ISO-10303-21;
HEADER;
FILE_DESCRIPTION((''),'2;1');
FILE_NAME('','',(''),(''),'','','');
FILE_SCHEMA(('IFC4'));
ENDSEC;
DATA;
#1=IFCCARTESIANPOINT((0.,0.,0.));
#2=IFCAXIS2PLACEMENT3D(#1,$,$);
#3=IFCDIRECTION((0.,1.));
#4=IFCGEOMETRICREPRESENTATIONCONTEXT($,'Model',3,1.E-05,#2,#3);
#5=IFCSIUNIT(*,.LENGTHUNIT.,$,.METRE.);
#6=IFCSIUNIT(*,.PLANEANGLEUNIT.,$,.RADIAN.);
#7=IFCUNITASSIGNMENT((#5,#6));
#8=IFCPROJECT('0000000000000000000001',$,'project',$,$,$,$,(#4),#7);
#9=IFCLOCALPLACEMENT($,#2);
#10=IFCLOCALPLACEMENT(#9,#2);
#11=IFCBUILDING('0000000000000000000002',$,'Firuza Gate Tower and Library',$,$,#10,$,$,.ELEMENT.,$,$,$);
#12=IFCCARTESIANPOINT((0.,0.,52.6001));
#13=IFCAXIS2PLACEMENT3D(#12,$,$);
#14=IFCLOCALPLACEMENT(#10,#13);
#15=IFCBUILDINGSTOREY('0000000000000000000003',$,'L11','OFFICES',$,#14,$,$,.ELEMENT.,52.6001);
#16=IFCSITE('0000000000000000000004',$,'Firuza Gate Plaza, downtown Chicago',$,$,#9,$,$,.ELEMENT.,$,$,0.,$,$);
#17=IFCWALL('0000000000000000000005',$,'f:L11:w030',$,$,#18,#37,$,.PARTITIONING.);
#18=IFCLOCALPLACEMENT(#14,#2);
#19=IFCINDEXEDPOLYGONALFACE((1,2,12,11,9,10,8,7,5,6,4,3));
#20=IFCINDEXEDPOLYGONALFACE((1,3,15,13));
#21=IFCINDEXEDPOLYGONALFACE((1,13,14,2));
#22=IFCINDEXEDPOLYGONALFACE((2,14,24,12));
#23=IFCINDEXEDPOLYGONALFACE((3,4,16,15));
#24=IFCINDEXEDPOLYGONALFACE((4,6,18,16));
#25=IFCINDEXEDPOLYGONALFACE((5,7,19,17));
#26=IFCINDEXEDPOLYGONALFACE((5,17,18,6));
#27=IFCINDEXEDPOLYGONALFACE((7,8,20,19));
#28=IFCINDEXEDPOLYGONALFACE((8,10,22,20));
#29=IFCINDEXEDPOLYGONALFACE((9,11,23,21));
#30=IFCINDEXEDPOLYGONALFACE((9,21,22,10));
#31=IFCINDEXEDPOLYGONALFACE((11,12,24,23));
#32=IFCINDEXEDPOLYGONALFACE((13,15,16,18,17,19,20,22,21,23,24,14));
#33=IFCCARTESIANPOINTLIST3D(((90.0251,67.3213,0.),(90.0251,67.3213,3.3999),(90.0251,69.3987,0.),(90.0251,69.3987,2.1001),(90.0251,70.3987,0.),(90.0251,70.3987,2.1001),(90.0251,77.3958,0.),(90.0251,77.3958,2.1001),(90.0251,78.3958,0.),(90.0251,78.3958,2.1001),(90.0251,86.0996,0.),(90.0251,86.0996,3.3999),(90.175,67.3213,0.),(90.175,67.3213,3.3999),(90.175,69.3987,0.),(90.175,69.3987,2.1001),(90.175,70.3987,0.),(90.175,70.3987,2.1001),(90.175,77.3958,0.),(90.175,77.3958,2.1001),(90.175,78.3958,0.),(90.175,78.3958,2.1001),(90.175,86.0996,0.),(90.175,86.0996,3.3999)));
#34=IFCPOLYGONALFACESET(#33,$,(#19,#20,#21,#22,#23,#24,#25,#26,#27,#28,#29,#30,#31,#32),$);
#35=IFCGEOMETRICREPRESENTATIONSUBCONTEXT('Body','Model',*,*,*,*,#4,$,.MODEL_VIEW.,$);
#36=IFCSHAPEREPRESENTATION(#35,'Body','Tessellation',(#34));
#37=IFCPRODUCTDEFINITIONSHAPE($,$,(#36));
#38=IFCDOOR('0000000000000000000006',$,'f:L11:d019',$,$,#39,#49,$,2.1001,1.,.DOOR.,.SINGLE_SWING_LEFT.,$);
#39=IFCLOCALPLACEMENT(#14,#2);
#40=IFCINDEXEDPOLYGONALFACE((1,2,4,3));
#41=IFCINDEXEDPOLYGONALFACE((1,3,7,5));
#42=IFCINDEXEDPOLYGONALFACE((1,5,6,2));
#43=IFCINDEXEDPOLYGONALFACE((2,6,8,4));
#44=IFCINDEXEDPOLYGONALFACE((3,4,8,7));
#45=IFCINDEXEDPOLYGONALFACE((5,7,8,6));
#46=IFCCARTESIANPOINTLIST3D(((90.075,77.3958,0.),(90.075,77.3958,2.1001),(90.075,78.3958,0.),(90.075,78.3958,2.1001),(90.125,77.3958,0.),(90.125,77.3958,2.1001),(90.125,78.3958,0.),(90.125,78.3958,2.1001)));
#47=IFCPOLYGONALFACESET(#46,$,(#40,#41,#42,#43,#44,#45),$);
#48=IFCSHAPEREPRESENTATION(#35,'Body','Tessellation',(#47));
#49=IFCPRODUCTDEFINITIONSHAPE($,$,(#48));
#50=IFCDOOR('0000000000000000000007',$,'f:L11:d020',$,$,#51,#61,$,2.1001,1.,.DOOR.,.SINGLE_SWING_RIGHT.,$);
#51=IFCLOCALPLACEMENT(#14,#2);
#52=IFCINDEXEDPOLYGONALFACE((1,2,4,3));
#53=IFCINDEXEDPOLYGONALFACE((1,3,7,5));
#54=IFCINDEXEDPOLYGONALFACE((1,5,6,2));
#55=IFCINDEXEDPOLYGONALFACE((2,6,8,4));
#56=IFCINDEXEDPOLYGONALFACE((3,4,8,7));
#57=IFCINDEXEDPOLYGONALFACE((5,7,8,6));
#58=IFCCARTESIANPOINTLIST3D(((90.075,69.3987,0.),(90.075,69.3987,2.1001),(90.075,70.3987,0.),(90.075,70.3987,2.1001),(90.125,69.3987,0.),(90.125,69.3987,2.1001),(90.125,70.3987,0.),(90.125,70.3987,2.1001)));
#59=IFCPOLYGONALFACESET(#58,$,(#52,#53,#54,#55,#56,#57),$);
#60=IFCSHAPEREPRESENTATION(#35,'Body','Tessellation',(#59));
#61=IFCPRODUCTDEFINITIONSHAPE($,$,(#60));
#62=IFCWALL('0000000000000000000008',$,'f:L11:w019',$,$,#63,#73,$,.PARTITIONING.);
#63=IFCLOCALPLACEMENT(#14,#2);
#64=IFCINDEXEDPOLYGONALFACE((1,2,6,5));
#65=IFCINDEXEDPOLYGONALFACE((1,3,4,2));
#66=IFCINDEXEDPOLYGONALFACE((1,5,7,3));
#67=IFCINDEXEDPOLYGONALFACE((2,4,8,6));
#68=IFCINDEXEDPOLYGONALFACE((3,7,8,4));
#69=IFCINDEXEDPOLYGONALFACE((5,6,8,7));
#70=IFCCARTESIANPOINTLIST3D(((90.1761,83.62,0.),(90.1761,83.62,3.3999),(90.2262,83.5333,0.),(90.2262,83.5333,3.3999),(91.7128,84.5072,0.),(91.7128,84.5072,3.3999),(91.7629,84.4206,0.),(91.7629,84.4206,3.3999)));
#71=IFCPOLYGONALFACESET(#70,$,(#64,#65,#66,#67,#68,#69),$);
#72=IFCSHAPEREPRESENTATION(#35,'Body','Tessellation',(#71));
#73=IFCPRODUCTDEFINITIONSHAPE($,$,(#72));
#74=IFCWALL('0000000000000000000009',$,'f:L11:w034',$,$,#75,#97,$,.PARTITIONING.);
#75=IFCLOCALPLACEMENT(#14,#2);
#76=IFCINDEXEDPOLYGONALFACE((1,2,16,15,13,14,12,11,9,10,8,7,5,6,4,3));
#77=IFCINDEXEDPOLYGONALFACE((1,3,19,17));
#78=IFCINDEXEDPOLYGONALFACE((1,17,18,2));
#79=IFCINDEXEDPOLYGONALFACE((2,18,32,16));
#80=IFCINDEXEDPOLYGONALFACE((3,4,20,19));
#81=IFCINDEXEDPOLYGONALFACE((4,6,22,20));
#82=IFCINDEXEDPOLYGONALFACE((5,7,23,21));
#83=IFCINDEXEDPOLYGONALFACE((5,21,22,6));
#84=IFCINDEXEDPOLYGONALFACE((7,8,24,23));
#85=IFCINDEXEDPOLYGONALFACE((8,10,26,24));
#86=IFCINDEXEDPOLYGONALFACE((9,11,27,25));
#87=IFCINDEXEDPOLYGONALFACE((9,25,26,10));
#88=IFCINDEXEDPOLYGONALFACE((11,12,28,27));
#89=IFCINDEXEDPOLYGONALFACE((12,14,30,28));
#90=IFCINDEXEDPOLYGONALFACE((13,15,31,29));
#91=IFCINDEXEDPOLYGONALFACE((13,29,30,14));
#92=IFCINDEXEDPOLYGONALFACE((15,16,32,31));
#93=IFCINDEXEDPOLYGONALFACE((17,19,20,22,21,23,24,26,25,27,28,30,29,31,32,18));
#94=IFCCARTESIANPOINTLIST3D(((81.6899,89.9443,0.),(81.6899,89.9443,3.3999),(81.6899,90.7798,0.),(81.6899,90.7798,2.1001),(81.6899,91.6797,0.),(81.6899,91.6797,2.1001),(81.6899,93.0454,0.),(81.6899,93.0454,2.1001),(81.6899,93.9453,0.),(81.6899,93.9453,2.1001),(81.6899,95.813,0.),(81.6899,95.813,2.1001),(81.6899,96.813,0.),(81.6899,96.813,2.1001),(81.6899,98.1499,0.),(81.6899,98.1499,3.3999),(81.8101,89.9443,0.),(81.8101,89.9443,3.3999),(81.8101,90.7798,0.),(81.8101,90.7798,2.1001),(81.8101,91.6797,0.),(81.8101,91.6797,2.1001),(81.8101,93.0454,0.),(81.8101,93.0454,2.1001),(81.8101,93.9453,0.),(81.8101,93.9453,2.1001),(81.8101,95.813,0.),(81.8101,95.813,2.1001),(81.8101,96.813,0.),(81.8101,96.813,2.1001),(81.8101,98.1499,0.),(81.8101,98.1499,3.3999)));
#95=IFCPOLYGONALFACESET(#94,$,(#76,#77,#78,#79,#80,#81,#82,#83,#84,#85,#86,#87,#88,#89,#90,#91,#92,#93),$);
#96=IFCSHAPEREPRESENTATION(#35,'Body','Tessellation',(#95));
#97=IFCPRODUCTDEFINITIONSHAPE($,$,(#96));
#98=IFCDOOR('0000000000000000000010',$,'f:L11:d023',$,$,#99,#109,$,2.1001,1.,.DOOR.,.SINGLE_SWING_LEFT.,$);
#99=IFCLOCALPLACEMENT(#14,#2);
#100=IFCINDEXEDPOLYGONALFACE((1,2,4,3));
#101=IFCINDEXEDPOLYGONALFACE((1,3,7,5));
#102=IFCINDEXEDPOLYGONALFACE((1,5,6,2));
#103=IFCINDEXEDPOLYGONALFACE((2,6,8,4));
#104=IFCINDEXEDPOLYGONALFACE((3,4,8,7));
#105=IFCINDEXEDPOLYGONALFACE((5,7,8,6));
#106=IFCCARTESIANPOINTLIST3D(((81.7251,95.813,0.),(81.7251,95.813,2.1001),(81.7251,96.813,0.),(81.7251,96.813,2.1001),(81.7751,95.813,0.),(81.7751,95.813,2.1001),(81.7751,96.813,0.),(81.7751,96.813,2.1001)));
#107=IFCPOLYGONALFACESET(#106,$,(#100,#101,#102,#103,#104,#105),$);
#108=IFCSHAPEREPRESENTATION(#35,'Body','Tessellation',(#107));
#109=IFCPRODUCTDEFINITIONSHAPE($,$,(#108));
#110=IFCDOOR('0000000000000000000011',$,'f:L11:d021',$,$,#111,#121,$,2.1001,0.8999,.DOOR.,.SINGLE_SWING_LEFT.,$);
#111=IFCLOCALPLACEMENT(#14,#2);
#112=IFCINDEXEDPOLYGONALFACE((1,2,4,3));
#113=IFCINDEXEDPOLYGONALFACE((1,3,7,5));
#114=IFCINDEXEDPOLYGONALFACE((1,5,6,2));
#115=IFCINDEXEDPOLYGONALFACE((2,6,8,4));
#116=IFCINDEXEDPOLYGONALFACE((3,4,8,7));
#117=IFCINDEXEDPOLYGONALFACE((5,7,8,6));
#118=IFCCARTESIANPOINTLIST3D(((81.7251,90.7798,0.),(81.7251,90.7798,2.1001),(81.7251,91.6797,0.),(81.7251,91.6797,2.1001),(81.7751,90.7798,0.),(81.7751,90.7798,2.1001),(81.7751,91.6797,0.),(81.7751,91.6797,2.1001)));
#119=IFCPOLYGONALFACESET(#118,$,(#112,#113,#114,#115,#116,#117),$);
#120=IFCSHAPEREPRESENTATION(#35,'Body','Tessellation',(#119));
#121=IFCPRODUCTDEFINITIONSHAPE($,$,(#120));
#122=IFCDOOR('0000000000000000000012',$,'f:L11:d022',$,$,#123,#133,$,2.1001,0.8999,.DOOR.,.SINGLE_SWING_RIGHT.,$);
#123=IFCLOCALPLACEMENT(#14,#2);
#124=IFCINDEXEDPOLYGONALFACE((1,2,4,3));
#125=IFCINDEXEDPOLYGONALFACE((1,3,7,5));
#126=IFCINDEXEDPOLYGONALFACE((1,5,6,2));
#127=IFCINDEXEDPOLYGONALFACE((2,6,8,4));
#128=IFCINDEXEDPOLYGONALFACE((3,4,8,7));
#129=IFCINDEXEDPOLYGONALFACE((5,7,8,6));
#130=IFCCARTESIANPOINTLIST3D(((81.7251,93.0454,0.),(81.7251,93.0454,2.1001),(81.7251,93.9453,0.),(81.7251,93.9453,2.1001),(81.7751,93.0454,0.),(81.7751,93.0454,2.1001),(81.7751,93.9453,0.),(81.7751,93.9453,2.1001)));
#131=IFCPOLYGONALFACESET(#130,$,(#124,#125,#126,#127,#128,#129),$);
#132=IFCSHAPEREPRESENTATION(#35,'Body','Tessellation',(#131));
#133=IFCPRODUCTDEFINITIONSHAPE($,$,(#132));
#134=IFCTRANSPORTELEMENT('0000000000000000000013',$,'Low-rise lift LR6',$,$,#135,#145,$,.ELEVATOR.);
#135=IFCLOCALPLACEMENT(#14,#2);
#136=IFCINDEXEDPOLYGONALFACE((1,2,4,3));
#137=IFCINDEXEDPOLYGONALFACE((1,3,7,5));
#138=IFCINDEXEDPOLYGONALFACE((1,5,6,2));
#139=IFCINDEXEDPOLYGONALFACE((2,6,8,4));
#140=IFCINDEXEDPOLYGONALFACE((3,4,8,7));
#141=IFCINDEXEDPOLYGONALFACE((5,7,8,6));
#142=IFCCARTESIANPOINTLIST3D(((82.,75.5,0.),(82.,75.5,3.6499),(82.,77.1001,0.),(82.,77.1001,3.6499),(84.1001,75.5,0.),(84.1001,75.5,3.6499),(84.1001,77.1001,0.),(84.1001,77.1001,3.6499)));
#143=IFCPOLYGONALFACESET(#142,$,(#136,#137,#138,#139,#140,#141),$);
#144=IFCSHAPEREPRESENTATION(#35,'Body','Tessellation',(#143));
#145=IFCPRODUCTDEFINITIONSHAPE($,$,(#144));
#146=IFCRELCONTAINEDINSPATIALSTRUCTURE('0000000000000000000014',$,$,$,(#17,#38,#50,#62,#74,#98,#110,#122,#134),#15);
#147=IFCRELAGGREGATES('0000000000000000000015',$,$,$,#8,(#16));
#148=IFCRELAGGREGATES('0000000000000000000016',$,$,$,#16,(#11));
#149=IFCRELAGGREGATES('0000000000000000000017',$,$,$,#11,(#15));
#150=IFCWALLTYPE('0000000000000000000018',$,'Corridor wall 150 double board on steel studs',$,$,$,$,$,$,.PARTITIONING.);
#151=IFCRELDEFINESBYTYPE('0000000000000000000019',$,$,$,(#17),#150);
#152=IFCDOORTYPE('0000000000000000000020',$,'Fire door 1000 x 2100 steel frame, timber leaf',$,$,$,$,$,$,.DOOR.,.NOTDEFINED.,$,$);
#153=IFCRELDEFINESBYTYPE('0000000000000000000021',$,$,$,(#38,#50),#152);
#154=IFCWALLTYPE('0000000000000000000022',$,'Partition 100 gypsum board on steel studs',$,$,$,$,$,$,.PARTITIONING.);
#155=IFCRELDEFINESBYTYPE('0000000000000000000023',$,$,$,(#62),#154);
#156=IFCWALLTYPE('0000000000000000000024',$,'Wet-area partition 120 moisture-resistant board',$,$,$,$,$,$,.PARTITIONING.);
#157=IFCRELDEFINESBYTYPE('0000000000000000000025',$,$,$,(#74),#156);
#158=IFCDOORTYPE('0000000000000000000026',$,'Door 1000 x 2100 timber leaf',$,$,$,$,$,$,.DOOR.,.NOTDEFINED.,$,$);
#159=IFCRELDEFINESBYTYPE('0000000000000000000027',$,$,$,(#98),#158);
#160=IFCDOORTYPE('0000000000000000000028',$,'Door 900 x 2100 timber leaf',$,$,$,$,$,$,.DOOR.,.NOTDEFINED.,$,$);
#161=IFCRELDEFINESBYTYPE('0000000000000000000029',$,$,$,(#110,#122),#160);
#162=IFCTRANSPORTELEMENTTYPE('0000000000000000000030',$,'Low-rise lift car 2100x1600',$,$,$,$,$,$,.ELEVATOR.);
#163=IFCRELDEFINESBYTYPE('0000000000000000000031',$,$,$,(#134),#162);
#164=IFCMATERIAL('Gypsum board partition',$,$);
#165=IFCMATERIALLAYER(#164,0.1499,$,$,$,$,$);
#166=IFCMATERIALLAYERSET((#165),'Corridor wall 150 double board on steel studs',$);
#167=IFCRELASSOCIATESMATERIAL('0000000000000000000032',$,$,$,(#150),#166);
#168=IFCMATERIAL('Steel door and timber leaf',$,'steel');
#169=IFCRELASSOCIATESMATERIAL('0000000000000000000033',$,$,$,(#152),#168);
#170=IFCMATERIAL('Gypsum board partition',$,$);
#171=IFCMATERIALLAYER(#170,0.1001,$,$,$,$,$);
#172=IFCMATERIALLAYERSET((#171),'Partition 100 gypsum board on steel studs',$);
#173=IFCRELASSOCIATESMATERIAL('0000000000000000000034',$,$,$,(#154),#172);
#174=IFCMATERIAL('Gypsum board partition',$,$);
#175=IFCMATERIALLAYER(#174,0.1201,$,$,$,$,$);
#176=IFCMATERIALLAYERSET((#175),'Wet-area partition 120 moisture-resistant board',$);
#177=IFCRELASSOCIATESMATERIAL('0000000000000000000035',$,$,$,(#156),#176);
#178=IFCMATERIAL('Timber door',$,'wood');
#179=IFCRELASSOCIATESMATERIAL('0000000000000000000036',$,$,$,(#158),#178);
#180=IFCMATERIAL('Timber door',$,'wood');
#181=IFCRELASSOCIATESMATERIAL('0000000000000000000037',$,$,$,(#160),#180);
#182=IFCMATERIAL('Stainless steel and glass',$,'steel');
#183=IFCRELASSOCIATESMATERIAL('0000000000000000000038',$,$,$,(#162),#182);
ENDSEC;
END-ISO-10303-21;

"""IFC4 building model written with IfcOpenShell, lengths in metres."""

from ifc_helpers import new_model, si_unit, direction, frame, frame_2d, origin, origin_2d, place, context, subcontext, project, spatial, rectangle, extrude, material, layer, layer_set, type_object, element, fill, save


model = new_model("IFC4")

# Units and contexts
model_context = context("Model", 3, precision=1e-05, world=origin(), true_north=direction((0.0, 1.0)))
body_context = subcontext(model_context, "Body", "Model", "MODEL_VIEW")
ifc_project = project(units=[si_unit("LENGTHUNIT", "METRE"), si_unit("PLANEANGLEUNIT", "RADIAN")], contexts=[model_context])

# Site, building, storey
site_placement = place(None, origin())
site = spatial("IfcSite", under=ifc_project, at=site_placement, Name="Firuza Gate Plaza, downtown Chicago", CompositionType="ELEMENT", RefElevation=0.0)
building_placement = place(site_placement, origin())
building = spatial("IfcBuilding", under=site, at=building_placement, Name="Firuza Gate Tower and Library", CompositionType="ELEMENT")
storey_placement = place(building_placement, frame((0.0, 0.0, 52.6001)))
storey = spatial("IfcBuildingStorey", under=building, at=storey_placement, Name="L11", Description="OFFICES", CompositionType="ELEMENT", Elevation=52.6001)

# Wall, openings, doors
ifc_material_1 = material(Name="Gypsum board partition")
ifc_layer_1 = layer(ifc_material_1, 0.1499)
ifc_layer_set_1 = layer_set([ifc_layer_1], Name="Corridor wall 150 double board on steel studs")
wall_type_1 = type_object("IfcWallType", Name="Corridor wall 150 double board on steel studs", PredefinedType="PARTITIONING", material=ifc_layer_set_1)
wall_1_placement = place(storey_placement, frame((90.1001, 86.0996, 0.0), z_axis=(0.0, 0.0, 1.0), x_axis=(0.0, -1.0, 0.0)))
wall_1 = element("IfcWall", 1, at=wall_1_placement, inside=storey, type_object=wall_type_1, Name="f:L11:w030", PredefinedType="PARTITIONING", context=body_context, shape_type="SweptSolid", body=[
    extrude(rectangle(XDim=18.7783, YDim=0.1499, at=frame_2d((9.3892, 0.0))), origin(), (0.0, 0.0, 1.0), 3.3999),
])
opening_1_placement = place(wall_1_placement, frame((7.7039, 0.0, 0.0)))
opening_1 = element("IfcOpeningElement", 2, at=opening_1_placement, cuts=wall_1, PredefinedType="OPENING", context=body_context, shape_type="SweptSolid", body=[
    extrude(rectangle(XDim=1.0, YDim=2.1001, at=frame_2d((0.5, 1.05))), frame((0.0, 0.085, 0.0), z_axis=(0.0, -1.0, 0.0), x_axis=(1.0, 0.0, 0.0)), (0.0, 0.0, 1.0), 0.1699),
])
opening_2_placement = place(wall_1_placement, frame((15.7009, 0.0, 0.0)))
opening_2 = element("IfcOpeningElement", 3, at=opening_2_placement, cuts=wall_1, PredefinedType="OPENING", context=body_context, shape_type="SweptSolid", body=[
    extrude(rectangle(XDim=1.0, YDim=2.1001, at=frame_2d((0.5, 1.05))), frame((0.0, 0.085, 0.0), z_axis=(0.0, -1.0, 0.0), x_axis=(1.0, 0.0, 0.0)), (0.0, 0.0, 1.0), 0.1699),
])
ifc_material_2 = material(Name="Steel door and timber leaf", Category="steel")
door_type_1 = type_object("IfcDoorType", Name="Fire door 1000 x 2100 steel frame, timber leaf", OperationType="NOTDEFINED", PredefinedType="DOOR", material=ifc_material_2)
door_1_placement = place(opening_1_placement, origin())
door_1 = element("IfcDoor", 4, at=door_1_placement, inside=storey, type_object=door_type_1, Name="f:L11:d019", OperationType="SINGLE_SWING_LEFT", OverallHeight=2.1001, OverallWidth=1.0, PredefinedType="DOOR", context=body_context, shape_type="SweptSolid", body=[
    extrude(rectangle(XDim=1.0, YDim=2.1001, at=frame_2d((0.5, 1.05))), frame((0.0, 0.0249, 0.0), z_axis=(0.0, -1.0, 0.0), x_axis=(1.0, 0.0, 0.0)), (0.0, 0.0, 1.0), 0.05),
])
fill(opening_1, door_1)
door_2_placement = place(opening_2_placement, origin())
door_2 = element("IfcDoor", 5, at=door_2_placement, inside=storey, type_object=door_type_1, Name="f:L11:d020", OperationType="SINGLE_SWING_RIGHT", OverallHeight=2.1001, OverallWidth=1.0, PredefinedType="DOOR", context=body_context, shape_type="SweptSolid", body=[
    extrude(rectangle(XDim=1.0, YDim=2.1001, at=frame_2d((0.5, 1.05))), frame((0.0, 0.0249, 0.0), z_axis=(0.0, -1.0, 0.0), x_axis=(1.0, 0.0, 0.0)), (0.0, 0.0, 1.0), 0.05),
])
fill(opening_2, door_2)

# Wall
ifc_material_3 = material(Name="Gypsum board partition")
ifc_layer_2 = layer(ifc_material_3, 0.1001)
ifc_layer_set_2 = layer_set([ifc_layer_2], Name="Partition 100 gypsum board on steel studs")
wall_type_2 = type_object("IfcWallType", Name="Partition 100 gypsum board on steel studs", PredefinedType="PARTITIONING", material=ifc_layer_set_2)
wall_2_placement = place(storey_placement, frame((90.2012, 83.5767, 0.0), z_axis=(0.0, 0.0, 1.0), x_axis=(0.866016, 0.500016, 0.0)))
element("IfcWall", 6, at=wall_2_placement, inside=storey, type_object=wall_type_2, Name="f:L11:w019", PredefinedType="PARTITIONING", context=body_context, shape_type="SweptSolid", body=[
    extrude(rectangle(XDim=1.7744, YDim=0.1001, at=frame_2d((0.8872, 0.0))), origin(), (0.0, 0.0, 1.0), 3.3999),
])

# Wall, openings, doors
ifc_material_4 = material(Name="Gypsum board partition")
ifc_layer_3 = layer(ifc_material_4, 0.1201)
ifc_layer_set_3 = layer_set([ifc_layer_3], Name="Wet-area partition 120 moisture-resistant board")
wall_type_3 = type_object("IfcWallType", Name="Wet-area partition 120 moisture-resistant board", PredefinedType="PARTITIONING", material=ifc_layer_set_3)
wall_3_placement = place(storey_placement, frame((81.75, 89.9443, 0.0), z_axis=(0.0, 0.0, 1.0), x_axis=(0.0, 1.0, 0.0)))
wall_3 = element("IfcWall", 7, at=wall_3_placement, inside=storey, type_object=wall_type_3, Name="f:L11:w034", PredefinedType="PARTITIONING", context=body_context, shape_type="SweptSolid", body=[
    extrude(rectangle(XDim=8.2056, YDim=0.1201, at=frame_2d((4.1028, 0.0))), origin(), (0.0, 0.0, 1.0), 3.3999),
])
opening_3_placement = place(wall_3_placement, frame((0.8354, 0.0, 0.0)))
opening_3 = element("IfcOpeningElement", 8, at=opening_3_placement, cuts=wall_3, PredefinedType="OPENING", context=body_context, shape_type="SweptSolid", body=[
    extrude(rectangle(XDim=0.8999, YDim=2.1001, at=frame_2d((0.45, 1.05))), frame((0.0, 0.0701, 0.0), z_axis=(0.0, -1.0, 0.0), x_axis=(1.0, 0.0, 0.0)), (0.0, 0.0, 1.0), 0.1401),
])
opening_4_placement = place(wall_3_placement, frame((3.1011, 0.0, 0.0)))
opening_4 = element("IfcOpeningElement", 9, at=opening_4_placement, cuts=wall_3, PredefinedType="OPENING", context=body_context, shape_type="SweptSolid", body=[
    extrude(rectangle(XDim=0.8999, YDim=2.1001, at=frame_2d((0.45, 1.05))), frame((0.0, 0.0701, 0.0), z_axis=(0.0, -1.0, 0.0), x_axis=(1.0, 0.0, 0.0)), (0.0, 0.0, 1.0), 0.1401),
])
opening_5_placement = place(wall_3_placement, frame((5.8687, 0.0, 0.0)))
opening_5 = element("IfcOpeningElement", 10, at=opening_5_placement, cuts=wall_3, PredefinedType="OPENING", context=body_context, shape_type="SweptSolid", body=[
    extrude(rectangle(XDim=1.0, YDim=2.1001, at=frame_2d((0.5, 1.05))), frame((0.0, 0.0701, 0.0), z_axis=(0.0, -1.0, 0.0), x_axis=(1.0, 0.0, 0.0)), (0.0, 0.0, 1.0), 0.1401),
])
ifc_material_5 = material(Name="Timber door", Category="wood")
door_type_2 = type_object("IfcDoorType", Name="Door 1000 x 2100 timber leaf", OperationType="NOTDEFINED", PredefinedType="DOOR", material=ifc_material_5)
door_3_placement = place(opening_5_placement, origin())
door_3 = element("IfcDoor", 11, at=door_3_placement, inside=storey, type_object=door_type_2, Name="f:L11:d023", OperationType="SINGLE_SWING_LEFT", OverallHeight=2.1001, OverallWidth=1.0, PredefinedType="DOOR", context=body_context, shape_type="SweptSolid", body=[
    extrude(rectangle(XDim=1.0, YDim=2.1001, at=frame_2d((0.5, 1.05))), frame((0.0, 0.0249, 0.0), z_axis=(0.0, -1.0, 0.0), x_axis=(1.0, 0.0, 0.0)), (0.0, 0.0, 1.0), 0.05),
])
fill(opening_5, door_3)
ifc_material_6 = material(Name="Timber door", Category="wood")
door_type_3 = type_object("IfcDoorType", Name="Door 900 x 2100 timber leaf", OperationType="NOTDEFINED", PredefinedType="DOOR", material=ifc_material_6)
door_4_placement = place(opening_3_placement, origin())
door_4 = element("IfcDoor", 12, at=door_4_placement, inside=storey, type_object=door_type_3, Name="f:L11:d021", OperationType="SINGLE_SWING_LEFT", OverallHeight=2.1001, OverallWidth=0.8999, PredefinedType="DOOR", context=body_context, shape_type="SweptSolid", body=[
    extrude(rectangle(XDim=0.8999, YDim=2.1001, at=frame_2d((0.45, 1.05))), frame((0.0, 0.0249, 0.0), z_axis=(0.0, -1.0, 0.0), x_axis=(1.0, 0.0, 0.0)), (0.0, 0.0, 1.0), 0.05),
])
fill(opening_3, door_4)
door_5_placement = place(opening_4_placement, origin())
door_5 = element("IfcDoor", 13, at=door_5_placement, inside=storey, type_object=door_type_3, Name="f:L11:d022", OperationType="SINGLE_SWING_RIGHT", OverallHeight=2.1001, OverallWidth=0.8999, PredefinedType="DOOR", context=body_context, shape_type="SweptSolid", body=[
    extrude(rectangle(XDim=0.8999, YDim=2.1001, at=frame_2d((0.45, 1.05))), frame((0.0, 0.0249, 0.0), z_axis=(0.0, -1.0, 0.0), x_axis=(1.0, 0.0, 0.0)), (0.0, 0.0, 1.0), 0.05),
])
fill(opening_4, door_5)

# Transport element
ifc_material_7 = material(Name="Stainless steel and glass", Category="steel")
transport_element_type = type_object("IfcTransportElementType", Name="Low-rise lift car 2100x1600", PredefinedType="ELEVATOR", material=ifc_material_7)
transport_element_placement = place(storey_placement, frame((83.05, 76.3, 0.0), z_axis=(0.0, 0.0, 1.0), x_axis=(1.0, 0.0, 0.0)))
element("IfcTransportElement", 14, at=transport_element_placement, inside=storey, type_object=transport_element_type, Name="Low-rise lift LR6", PredefinedType="ELEVATOR", context=body_context, shape_type="SweptSolid", body=[
    extrude(rectangle(XDim=2.1001, YDim=1.6001, at=origin_2d()), origin(), (0.0, 0.0, 1.0), 3.6499),
])

save(model, "model.ifc")
